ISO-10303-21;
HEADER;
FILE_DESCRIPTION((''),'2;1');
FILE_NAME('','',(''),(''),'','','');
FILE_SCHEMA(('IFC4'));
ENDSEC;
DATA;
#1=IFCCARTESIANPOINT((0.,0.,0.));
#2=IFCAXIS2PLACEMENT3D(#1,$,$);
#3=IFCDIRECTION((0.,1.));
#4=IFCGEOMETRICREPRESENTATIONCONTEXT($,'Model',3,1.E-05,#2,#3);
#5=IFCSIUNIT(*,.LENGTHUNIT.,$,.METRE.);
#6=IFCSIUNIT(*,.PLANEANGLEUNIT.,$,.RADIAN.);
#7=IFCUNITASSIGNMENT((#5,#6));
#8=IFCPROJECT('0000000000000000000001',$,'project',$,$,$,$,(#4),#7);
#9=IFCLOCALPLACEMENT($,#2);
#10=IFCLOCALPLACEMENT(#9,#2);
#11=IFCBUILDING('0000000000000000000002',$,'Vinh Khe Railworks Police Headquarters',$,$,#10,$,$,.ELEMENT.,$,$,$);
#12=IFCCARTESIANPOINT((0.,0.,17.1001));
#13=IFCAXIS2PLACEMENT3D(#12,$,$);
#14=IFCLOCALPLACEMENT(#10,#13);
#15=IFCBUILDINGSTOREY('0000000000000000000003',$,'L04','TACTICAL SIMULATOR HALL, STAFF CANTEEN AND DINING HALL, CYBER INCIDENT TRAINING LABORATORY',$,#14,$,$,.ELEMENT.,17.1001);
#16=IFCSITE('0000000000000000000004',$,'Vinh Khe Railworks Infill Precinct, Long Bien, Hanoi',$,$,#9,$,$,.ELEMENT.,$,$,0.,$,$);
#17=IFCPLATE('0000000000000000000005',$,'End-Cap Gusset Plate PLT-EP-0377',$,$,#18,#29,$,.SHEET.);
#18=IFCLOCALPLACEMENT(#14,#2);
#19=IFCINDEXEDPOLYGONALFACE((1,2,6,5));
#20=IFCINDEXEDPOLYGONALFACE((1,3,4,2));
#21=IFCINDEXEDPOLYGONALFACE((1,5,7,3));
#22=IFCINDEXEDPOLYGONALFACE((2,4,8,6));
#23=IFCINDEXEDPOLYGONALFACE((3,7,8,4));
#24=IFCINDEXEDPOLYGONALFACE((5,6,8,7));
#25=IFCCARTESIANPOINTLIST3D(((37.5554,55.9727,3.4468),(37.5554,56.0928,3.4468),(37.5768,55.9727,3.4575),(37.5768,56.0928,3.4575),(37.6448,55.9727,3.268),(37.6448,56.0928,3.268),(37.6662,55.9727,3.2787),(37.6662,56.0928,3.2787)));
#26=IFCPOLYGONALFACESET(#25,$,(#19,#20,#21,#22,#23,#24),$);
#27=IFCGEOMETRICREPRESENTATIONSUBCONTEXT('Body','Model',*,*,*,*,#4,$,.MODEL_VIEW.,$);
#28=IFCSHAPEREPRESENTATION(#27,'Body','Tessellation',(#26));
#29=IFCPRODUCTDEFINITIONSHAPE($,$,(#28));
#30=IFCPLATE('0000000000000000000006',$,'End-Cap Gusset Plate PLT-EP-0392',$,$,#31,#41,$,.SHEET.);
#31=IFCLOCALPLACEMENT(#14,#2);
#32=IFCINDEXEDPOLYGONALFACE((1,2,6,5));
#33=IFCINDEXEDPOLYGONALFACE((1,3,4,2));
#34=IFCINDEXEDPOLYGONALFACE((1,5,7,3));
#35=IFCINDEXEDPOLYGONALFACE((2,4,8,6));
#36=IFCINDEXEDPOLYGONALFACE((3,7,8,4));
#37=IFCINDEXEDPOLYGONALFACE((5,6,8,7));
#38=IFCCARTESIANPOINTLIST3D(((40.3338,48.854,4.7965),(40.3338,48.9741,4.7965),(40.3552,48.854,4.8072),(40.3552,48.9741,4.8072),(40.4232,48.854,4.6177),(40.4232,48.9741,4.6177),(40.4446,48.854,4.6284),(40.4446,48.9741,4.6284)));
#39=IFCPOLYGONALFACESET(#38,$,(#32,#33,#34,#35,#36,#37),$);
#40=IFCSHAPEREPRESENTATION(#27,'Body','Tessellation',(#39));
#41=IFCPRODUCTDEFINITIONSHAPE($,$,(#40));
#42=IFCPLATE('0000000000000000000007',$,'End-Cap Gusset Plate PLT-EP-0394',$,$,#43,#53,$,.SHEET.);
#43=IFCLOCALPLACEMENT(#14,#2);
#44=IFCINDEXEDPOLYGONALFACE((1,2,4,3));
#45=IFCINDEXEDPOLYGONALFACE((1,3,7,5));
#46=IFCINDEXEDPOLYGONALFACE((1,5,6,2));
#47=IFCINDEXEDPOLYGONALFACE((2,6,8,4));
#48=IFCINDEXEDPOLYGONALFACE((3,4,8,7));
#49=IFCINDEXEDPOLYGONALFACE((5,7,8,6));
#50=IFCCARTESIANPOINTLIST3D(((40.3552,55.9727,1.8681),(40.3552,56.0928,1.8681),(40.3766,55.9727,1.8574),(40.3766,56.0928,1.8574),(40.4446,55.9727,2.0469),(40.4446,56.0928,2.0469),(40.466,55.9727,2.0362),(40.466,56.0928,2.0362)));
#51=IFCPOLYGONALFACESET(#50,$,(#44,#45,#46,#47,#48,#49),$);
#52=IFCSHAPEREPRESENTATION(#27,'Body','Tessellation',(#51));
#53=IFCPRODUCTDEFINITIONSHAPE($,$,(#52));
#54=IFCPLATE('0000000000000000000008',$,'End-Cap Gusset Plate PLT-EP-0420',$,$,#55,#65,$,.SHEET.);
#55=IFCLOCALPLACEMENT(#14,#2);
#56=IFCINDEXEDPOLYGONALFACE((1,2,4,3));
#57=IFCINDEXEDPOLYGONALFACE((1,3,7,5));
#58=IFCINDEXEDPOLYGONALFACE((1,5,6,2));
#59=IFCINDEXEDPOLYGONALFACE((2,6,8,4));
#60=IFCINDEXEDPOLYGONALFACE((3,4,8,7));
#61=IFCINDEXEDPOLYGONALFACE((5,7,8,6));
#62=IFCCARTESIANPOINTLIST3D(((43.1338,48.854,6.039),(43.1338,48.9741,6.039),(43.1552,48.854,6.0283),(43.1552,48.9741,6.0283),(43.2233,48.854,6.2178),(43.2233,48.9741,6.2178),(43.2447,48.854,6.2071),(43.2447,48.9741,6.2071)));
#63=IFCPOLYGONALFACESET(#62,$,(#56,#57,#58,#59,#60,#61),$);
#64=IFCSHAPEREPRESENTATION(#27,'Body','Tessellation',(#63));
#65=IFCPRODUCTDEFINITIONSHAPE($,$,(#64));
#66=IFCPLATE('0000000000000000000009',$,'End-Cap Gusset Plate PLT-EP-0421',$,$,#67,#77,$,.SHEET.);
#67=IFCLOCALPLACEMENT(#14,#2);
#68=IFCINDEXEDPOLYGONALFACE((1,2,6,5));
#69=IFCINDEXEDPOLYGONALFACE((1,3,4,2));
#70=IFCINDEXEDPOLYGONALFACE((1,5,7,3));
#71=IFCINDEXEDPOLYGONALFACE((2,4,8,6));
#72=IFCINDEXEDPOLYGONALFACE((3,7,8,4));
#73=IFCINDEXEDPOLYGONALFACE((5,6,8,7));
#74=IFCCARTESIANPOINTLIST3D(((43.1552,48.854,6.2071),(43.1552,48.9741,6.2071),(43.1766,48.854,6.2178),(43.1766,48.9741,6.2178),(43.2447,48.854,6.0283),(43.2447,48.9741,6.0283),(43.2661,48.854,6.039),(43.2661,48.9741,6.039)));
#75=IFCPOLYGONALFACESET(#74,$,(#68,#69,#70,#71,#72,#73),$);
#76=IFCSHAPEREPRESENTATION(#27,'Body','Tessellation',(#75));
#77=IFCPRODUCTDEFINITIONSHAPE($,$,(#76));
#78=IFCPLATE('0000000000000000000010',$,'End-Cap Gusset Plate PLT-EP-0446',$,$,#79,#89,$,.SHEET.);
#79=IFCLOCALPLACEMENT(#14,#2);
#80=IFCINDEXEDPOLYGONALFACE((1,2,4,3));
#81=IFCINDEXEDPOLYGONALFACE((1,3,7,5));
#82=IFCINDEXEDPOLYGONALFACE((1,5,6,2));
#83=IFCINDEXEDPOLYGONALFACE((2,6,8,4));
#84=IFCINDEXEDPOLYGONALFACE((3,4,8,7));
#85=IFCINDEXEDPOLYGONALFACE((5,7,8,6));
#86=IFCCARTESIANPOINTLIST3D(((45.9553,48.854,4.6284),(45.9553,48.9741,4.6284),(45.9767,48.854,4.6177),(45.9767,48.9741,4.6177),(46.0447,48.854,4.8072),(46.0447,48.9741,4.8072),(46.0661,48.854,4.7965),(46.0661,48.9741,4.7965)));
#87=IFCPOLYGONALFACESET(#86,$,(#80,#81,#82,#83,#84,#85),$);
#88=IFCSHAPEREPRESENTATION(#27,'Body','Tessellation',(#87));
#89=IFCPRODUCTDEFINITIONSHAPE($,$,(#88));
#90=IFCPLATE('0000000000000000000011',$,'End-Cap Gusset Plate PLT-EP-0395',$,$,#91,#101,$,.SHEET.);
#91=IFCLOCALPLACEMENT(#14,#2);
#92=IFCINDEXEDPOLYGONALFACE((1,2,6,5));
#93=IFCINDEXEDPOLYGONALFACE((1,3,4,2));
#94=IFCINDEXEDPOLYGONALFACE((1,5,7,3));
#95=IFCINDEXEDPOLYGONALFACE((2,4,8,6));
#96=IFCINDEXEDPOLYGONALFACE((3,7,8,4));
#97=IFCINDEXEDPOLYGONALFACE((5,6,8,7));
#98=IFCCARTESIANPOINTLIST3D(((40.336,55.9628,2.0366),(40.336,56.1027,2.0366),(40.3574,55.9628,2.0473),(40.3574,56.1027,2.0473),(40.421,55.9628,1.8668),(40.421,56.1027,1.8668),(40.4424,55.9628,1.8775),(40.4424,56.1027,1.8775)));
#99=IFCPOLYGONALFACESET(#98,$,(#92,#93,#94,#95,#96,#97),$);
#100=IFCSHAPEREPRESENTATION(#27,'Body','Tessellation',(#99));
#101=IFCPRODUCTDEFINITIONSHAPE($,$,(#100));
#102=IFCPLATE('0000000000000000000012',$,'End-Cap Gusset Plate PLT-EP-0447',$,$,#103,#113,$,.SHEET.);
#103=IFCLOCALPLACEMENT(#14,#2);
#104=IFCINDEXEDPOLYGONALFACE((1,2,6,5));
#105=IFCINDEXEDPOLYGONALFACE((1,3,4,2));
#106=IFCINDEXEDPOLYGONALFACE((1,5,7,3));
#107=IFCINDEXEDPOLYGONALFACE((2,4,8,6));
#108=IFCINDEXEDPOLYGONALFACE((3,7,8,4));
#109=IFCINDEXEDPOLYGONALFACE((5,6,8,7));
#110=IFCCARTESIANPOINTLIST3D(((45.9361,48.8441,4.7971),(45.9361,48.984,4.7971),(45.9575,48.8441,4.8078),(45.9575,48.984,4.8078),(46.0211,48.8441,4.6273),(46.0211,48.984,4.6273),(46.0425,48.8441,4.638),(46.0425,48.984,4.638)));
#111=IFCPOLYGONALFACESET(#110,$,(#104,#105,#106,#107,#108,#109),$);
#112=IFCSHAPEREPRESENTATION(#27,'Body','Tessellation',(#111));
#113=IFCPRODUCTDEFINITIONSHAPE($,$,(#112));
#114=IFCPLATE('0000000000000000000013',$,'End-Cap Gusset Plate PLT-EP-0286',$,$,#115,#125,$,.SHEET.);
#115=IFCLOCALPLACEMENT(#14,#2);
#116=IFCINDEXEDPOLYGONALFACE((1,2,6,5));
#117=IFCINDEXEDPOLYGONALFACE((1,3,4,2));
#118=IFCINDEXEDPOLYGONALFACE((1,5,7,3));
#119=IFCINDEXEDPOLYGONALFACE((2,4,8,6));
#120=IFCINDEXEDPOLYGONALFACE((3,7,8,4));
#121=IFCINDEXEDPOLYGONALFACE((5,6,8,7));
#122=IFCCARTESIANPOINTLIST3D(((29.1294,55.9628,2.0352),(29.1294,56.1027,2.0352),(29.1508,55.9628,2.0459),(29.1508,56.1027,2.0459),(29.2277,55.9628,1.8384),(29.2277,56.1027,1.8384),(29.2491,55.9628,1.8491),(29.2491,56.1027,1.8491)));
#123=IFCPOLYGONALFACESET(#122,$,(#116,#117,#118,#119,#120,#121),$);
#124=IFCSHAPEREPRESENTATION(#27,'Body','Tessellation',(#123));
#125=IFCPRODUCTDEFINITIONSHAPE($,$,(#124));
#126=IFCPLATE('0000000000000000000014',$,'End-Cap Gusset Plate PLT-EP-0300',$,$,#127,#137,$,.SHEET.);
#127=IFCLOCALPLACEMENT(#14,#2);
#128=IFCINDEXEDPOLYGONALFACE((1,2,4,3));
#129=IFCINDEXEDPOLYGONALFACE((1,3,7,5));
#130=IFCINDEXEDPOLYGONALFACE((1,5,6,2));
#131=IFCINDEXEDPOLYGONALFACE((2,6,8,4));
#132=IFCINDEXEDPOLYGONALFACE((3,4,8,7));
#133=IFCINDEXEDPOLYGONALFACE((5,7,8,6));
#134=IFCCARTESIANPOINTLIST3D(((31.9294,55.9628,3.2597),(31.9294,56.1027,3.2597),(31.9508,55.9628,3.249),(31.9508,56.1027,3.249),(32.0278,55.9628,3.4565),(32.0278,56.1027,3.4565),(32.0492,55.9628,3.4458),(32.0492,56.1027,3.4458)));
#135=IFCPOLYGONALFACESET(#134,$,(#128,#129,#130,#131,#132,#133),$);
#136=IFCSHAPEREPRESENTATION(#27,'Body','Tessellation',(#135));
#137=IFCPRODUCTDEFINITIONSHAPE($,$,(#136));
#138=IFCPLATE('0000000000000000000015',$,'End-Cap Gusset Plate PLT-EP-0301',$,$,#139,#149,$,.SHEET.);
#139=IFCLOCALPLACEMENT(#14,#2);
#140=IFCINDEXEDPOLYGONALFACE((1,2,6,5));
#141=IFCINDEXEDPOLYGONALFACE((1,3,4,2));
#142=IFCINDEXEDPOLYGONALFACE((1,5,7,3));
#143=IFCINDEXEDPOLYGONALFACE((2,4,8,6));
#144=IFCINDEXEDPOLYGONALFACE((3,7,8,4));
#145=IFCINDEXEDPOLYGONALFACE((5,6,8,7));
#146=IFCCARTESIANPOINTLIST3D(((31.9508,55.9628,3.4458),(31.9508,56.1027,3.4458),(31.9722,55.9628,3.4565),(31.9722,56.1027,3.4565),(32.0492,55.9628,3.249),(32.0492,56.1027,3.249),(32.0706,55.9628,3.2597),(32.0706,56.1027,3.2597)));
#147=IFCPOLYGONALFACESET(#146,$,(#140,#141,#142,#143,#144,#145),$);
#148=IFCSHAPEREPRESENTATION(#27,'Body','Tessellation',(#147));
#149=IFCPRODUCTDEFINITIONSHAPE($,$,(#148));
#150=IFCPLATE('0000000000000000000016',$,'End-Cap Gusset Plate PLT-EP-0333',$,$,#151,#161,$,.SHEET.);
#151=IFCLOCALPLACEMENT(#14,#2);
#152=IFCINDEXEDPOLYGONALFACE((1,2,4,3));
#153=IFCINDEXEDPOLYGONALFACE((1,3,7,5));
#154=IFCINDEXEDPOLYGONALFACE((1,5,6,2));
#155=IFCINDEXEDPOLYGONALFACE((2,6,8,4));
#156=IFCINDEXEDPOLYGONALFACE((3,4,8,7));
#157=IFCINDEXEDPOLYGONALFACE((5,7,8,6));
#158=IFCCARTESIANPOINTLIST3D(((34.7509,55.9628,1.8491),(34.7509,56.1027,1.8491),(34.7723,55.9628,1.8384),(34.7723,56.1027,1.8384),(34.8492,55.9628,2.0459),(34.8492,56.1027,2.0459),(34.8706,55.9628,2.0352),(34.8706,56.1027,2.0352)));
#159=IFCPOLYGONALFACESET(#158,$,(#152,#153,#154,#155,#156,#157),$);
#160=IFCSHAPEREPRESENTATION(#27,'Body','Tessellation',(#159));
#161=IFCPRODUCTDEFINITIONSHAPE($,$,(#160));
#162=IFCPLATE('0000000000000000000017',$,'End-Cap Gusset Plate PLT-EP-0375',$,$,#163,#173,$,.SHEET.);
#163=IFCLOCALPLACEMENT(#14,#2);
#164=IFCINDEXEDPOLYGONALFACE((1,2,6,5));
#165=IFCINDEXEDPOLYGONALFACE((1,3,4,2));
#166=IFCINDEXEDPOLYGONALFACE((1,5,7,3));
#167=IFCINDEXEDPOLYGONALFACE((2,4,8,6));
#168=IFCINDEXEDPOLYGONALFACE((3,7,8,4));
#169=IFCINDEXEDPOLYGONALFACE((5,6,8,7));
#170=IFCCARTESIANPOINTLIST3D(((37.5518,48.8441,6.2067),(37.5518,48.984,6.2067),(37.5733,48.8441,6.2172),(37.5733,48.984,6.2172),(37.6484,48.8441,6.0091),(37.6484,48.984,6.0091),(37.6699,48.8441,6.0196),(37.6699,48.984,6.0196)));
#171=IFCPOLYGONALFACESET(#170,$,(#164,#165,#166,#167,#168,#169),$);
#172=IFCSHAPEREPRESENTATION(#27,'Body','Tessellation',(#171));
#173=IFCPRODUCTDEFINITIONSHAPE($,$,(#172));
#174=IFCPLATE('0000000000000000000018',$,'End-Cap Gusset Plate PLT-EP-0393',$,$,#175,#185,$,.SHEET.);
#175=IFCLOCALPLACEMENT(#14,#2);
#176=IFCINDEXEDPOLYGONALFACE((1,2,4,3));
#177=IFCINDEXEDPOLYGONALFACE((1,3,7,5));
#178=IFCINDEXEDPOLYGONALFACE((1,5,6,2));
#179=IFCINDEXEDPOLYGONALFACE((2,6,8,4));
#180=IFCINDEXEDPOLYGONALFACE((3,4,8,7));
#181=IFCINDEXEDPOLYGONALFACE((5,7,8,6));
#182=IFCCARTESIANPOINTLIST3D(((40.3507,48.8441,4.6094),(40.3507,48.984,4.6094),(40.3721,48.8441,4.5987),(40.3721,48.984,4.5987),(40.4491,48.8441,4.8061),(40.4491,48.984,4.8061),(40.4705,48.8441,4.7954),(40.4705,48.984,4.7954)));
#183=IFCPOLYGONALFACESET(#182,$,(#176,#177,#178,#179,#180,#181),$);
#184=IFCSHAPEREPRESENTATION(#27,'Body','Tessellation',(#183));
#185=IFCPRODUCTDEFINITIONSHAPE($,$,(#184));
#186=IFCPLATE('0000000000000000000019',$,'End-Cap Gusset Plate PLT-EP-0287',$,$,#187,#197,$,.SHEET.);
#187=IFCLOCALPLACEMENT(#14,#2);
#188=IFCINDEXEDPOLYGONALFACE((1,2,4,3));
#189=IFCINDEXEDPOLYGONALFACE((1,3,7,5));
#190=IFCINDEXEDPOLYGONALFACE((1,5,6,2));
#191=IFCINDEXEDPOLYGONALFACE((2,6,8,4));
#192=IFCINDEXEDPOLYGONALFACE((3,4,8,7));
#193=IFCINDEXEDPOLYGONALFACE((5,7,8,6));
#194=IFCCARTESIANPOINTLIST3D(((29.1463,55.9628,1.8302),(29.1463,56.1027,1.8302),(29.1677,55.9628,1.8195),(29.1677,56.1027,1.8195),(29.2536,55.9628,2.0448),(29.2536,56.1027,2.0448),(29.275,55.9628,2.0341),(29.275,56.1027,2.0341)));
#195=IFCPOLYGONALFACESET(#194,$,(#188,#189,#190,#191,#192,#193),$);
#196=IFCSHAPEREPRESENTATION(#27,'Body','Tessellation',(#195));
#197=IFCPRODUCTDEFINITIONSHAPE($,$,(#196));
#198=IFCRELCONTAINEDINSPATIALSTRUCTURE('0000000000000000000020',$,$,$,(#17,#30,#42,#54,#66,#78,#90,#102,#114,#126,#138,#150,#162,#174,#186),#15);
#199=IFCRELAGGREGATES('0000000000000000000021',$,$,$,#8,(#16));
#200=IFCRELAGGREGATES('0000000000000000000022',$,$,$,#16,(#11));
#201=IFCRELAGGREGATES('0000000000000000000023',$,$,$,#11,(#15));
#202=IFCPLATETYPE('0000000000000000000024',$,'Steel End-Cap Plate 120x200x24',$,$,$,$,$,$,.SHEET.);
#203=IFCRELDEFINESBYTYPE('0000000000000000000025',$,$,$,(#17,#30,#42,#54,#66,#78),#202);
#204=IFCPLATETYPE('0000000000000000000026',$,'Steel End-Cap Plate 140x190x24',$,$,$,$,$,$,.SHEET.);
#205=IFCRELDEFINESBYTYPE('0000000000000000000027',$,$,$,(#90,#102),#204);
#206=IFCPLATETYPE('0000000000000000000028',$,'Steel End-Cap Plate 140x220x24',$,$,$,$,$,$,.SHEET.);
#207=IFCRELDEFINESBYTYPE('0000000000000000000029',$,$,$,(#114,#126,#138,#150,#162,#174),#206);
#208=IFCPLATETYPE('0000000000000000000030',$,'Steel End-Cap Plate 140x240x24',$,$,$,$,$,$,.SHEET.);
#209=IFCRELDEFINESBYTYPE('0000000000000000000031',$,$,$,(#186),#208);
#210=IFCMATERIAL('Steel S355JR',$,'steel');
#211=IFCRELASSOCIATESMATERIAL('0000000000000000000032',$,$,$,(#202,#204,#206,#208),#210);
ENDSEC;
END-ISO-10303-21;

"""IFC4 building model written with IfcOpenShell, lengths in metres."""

from ifc_helpers import new_model, si_unit, direction, frame, origin, origin_2d, place, context, subcontext, project, spatial, rectangle, extrude, material, material_profile, profile_set, type_object, element, save


model = new_model("IFC4")

# Units and contexts
model_context = context("Model", 3, precision=1e-05, world=origin(), true_north=direction((0.0, 1.0)))
body_context = subcontext(model_context, "Body", "Model", "MODEL_VIEW")
ifc_project = project(units=[si_unit("LENGTHUNIT", "METRE"), si_unit("PLANEANGLEUNIT", "RADIAN")], contexts=[model_context])

# Site, building, storey
site_placement = place(None, origin())
site = spatial("IfcSite", under=ifc_project, at=site_placement, Name="Vinh Khe Railworks Infill Precinct, Long Bien, Hanoi", CompositionType="ELEMENT", RefElevation=0.0)
building_placement = place(site_placement, origin())
building = spatial("IfcBuilding", under=site, at=building_placement, Name="Vinh Khe Railworks Police Headquarters", CompositionType="ELEMENT")
storey_placement = place(building_placement, frame((0.0, 0.0, 17.1001)))
storey = spatial("IfcBuildingStorey", under=building, at=storey_placement, Name="L04", Description="TACTICAL SIMULATOR HALL, STAFF CANTEEN AND DINING HALL, CYBER INCIDENT TRAINING LABORATORY", CompositionType="ELEMENT", Elevation=17.1001)

# Shared definitions
ifc_material = material(Name="Steel S355JR", Category="steel")

# Plates
ifc_material_profile_1 = material_profile(ifc_material, rectangle(XDim=0.1201, YDim=0.2, at=origin_2d()), Name="PL 120x200")
ifc_profile_set_1 = profile_set([ifc_material_profile_1], Name="Steel S355JR")
plate_type_1 = type_object("IfcPlateType", Name="Steel End-Cap Plate 120x200x24", PredefinedType="SHEET", material=ifc_profile_set_1)
for number, where, z_axis, x_axis, name in (
    (1, (37.6001, 56.0327, 3.3574), (0.894427, 0.0, 0.447214), (0.0, 1.0, 0.0), "End-Cap Gusset Plate PLT-EP-0377"),
    (2, (40.3999, 48.9141, 4.7178), (-0.894427, 0.0, -0.447214), (0.0, -1.0, 0.0), "End-Cap Gusset Plate PLT-EP-0392"),
    (3, (40.3999, 56.0327, 1.9575), (0.894427, 0.0, -0.447214), (0.0, 1.0, 0.0), "End-Cap Gusset Plate PLT-EP-0394"),
    (4, (43.2, 48.9141, 6.1177), (-0.894427, 0.0, 0.447214), (0.0, -1.0, 0.0), "End-Cap Gusset Plate PLT-EP-0420"),
    (5, (43.2, 48.9141, 6.1177), (0.894427, 0.0, 0.447214), (0.0, 1.0, 0.0), "End-Cap Gusset Plate PLT-EP-0421"),
    (6, (46.0, 48.9141, 4.7178), (0.894427, 0.0, -0.447214), (0.0, 1.0, 0.0), "End-Cap Gusset Plate PLT-EP-0446"),
):
    element("IfcPlate", number, at=place(storey_placement, frame(where, z_axis=z_axis, x_axis=x_axis)), inside=storey, type_object=plate_type_1, Name=name, PredefinedType="SHEET", context=body_context, shape_type="SweptSolid", body=[
        extrude(rectangle(XDim=0.1201, YDim=0.2, at=origin_2d()), origin(), (0.0, 0.0, 1.0), 0.0239),
    ])
ifc_material_profile_2 = material_profile(ifc_material, rectangle(XDim=0.1399, YDim=0.1899, at=origin_2d()), Name="PL 140x190")
ifc_profile_set_2 = profile_set([ifc_material_profile_2], Name="Steel S355JR")
plate_type_2 = type_object("IfcPlateType", Name="Steel End-Cap Plate 140x190x24", PredefinedType="SHEET", material=ifc_profile_set_2)
for number, where, z_axis, x_axis, name in (
    (7, (40.3999, 56.0327, 1.9624), (-0.894427, 0.0, -0.447214), (0.0, -1.0, 0.0), "End-Cap Gusset Plate PLT-EP-0395"),
    (8, (46.0, 48.9141, 4.7229), (-0.894427, 0.0, -0.447214), (0.0, -1.0, 0.0), "End-Cap Gusset Plate PLT-EP-0447"),
):
    element("IfcPlate", number, at=place(storey_placement, frame(where, z_axis=z_axis, x_axis=x_axis)), inside=storey, type_object=plate_type_2, Name=name, PredefinedType="SHEET", context=body_context, shape_type="SweptSolid", body=[
        extrude(rectangle(XDim=0.1399, YDim=0.1899, at=origin_2d()), origin(), (0.0, 0.0, 1.0), 0.0239),
    ])
ifc_material_profile_3 = material_profile(ifc_material, rectangle(XDim=0.1399, YDim=0.22, at=origin_2d()), Name="PL 140x220")
ifc_profile_set_3 = profile_set([ifc_material_profile_3], Name="Steel S355JR")
plate_type_3 = type_object("IfcPlateType", Name="Steel End-Cap Plate 140x220x24", PredefinedType="SHEET", material=ifc_profile_set_3)
for number, where, z_axis, x_axis, name in (
    (9, (29.2, 56.0327, 1.9475), (-0.894427, 0.0, -0.447214), (0.0, -1.0, 0.0), "End-Cap Gusset Plate PLT-EP-0286"),
    (10, (32.0, 56.0327, 3.3474), (-0.894427, 0.0, 0.447214), (0.0, -1.0, 0.0), "End-Cap Gusset Plate PLT-EP-0300"),
    (11, (32.0, 56.0327, 3.3474), (0.894427, 0.0, 0.447214), (0.0, 1.0, 0.0), "End-Cap Gusset Plate PLT-EP-0301"),
    (12, (34.8, 56.0327, 1.9475), (0.894427, 0.0, -0.447214), (0.0, 1.0, 0.0), "End-Cap Gusset Plate PLT-EP-0333"),
    (13, (37.6001, 48.9141, 6.1079), (0.898474, 0.0, 0.439027), (0.0, 1.0, 0.0), "End-Cap Gusset Plate PLT-EP-0375"),
    (14, (40.3999, 48.9141, 4.7078), (0.894427, 0.0, -0.447214), (0.0, 1.0, 0.0), "End-Cap Gusset Plate PLT-EP-0393"),
):
    element("IfcPlate", number, at=place(storey_placement, frame(where, z_axis=z_axis, x_axis=x_axis)), inside=storey, type_object=plate_type_3, Name=name, PredefinedType="SHEET", context=body_context, shape_type="SweptSolid", body=[
        extrude(rectangle(XDim=0.1399, YDim=0.22, at=origin_2d()), origin(), (0.0, 0.0, 1.0), 0.0239),
    ])
ifc_material_profile_4 = material_profile(ifc_material, rectangle(XDim=0.1399, YDim=0.24, at=origin_2d()), Name="PL 140x240")
ifc_profile_set_4 = profile_set([ifc_material_profile_4], Name="Steel S355JR")
plate_type_4 = type_object("IfcPlateType", Name="Steel End-Cap Plate 140x240x24", PredefinedType="SHEET", material=ifc_profile_set_4)
plate_placement = place(storey_placement, frame((29.2, 56.0327, 1.9375), z_axis=(0.894427, 0.0, -0.447214), x_axis=(0.0, 1.0, 0.0)))
element("IfcPlate", 15, at=plate_placement, inside=storey, type_object=plate_type_4, Name="End-Cap Gusset Plate PLT-EP-0287", PredefinedType="SHEET", context=body_context, shape_type="SweptSolid", body=[
    extrude(rectangle(XDim=0.1399, YDim=0.24, at=origin_2d()), origin(), (0.0, 0.0, 1.0), 0.0239),
])

save(model, "model.ifc")
